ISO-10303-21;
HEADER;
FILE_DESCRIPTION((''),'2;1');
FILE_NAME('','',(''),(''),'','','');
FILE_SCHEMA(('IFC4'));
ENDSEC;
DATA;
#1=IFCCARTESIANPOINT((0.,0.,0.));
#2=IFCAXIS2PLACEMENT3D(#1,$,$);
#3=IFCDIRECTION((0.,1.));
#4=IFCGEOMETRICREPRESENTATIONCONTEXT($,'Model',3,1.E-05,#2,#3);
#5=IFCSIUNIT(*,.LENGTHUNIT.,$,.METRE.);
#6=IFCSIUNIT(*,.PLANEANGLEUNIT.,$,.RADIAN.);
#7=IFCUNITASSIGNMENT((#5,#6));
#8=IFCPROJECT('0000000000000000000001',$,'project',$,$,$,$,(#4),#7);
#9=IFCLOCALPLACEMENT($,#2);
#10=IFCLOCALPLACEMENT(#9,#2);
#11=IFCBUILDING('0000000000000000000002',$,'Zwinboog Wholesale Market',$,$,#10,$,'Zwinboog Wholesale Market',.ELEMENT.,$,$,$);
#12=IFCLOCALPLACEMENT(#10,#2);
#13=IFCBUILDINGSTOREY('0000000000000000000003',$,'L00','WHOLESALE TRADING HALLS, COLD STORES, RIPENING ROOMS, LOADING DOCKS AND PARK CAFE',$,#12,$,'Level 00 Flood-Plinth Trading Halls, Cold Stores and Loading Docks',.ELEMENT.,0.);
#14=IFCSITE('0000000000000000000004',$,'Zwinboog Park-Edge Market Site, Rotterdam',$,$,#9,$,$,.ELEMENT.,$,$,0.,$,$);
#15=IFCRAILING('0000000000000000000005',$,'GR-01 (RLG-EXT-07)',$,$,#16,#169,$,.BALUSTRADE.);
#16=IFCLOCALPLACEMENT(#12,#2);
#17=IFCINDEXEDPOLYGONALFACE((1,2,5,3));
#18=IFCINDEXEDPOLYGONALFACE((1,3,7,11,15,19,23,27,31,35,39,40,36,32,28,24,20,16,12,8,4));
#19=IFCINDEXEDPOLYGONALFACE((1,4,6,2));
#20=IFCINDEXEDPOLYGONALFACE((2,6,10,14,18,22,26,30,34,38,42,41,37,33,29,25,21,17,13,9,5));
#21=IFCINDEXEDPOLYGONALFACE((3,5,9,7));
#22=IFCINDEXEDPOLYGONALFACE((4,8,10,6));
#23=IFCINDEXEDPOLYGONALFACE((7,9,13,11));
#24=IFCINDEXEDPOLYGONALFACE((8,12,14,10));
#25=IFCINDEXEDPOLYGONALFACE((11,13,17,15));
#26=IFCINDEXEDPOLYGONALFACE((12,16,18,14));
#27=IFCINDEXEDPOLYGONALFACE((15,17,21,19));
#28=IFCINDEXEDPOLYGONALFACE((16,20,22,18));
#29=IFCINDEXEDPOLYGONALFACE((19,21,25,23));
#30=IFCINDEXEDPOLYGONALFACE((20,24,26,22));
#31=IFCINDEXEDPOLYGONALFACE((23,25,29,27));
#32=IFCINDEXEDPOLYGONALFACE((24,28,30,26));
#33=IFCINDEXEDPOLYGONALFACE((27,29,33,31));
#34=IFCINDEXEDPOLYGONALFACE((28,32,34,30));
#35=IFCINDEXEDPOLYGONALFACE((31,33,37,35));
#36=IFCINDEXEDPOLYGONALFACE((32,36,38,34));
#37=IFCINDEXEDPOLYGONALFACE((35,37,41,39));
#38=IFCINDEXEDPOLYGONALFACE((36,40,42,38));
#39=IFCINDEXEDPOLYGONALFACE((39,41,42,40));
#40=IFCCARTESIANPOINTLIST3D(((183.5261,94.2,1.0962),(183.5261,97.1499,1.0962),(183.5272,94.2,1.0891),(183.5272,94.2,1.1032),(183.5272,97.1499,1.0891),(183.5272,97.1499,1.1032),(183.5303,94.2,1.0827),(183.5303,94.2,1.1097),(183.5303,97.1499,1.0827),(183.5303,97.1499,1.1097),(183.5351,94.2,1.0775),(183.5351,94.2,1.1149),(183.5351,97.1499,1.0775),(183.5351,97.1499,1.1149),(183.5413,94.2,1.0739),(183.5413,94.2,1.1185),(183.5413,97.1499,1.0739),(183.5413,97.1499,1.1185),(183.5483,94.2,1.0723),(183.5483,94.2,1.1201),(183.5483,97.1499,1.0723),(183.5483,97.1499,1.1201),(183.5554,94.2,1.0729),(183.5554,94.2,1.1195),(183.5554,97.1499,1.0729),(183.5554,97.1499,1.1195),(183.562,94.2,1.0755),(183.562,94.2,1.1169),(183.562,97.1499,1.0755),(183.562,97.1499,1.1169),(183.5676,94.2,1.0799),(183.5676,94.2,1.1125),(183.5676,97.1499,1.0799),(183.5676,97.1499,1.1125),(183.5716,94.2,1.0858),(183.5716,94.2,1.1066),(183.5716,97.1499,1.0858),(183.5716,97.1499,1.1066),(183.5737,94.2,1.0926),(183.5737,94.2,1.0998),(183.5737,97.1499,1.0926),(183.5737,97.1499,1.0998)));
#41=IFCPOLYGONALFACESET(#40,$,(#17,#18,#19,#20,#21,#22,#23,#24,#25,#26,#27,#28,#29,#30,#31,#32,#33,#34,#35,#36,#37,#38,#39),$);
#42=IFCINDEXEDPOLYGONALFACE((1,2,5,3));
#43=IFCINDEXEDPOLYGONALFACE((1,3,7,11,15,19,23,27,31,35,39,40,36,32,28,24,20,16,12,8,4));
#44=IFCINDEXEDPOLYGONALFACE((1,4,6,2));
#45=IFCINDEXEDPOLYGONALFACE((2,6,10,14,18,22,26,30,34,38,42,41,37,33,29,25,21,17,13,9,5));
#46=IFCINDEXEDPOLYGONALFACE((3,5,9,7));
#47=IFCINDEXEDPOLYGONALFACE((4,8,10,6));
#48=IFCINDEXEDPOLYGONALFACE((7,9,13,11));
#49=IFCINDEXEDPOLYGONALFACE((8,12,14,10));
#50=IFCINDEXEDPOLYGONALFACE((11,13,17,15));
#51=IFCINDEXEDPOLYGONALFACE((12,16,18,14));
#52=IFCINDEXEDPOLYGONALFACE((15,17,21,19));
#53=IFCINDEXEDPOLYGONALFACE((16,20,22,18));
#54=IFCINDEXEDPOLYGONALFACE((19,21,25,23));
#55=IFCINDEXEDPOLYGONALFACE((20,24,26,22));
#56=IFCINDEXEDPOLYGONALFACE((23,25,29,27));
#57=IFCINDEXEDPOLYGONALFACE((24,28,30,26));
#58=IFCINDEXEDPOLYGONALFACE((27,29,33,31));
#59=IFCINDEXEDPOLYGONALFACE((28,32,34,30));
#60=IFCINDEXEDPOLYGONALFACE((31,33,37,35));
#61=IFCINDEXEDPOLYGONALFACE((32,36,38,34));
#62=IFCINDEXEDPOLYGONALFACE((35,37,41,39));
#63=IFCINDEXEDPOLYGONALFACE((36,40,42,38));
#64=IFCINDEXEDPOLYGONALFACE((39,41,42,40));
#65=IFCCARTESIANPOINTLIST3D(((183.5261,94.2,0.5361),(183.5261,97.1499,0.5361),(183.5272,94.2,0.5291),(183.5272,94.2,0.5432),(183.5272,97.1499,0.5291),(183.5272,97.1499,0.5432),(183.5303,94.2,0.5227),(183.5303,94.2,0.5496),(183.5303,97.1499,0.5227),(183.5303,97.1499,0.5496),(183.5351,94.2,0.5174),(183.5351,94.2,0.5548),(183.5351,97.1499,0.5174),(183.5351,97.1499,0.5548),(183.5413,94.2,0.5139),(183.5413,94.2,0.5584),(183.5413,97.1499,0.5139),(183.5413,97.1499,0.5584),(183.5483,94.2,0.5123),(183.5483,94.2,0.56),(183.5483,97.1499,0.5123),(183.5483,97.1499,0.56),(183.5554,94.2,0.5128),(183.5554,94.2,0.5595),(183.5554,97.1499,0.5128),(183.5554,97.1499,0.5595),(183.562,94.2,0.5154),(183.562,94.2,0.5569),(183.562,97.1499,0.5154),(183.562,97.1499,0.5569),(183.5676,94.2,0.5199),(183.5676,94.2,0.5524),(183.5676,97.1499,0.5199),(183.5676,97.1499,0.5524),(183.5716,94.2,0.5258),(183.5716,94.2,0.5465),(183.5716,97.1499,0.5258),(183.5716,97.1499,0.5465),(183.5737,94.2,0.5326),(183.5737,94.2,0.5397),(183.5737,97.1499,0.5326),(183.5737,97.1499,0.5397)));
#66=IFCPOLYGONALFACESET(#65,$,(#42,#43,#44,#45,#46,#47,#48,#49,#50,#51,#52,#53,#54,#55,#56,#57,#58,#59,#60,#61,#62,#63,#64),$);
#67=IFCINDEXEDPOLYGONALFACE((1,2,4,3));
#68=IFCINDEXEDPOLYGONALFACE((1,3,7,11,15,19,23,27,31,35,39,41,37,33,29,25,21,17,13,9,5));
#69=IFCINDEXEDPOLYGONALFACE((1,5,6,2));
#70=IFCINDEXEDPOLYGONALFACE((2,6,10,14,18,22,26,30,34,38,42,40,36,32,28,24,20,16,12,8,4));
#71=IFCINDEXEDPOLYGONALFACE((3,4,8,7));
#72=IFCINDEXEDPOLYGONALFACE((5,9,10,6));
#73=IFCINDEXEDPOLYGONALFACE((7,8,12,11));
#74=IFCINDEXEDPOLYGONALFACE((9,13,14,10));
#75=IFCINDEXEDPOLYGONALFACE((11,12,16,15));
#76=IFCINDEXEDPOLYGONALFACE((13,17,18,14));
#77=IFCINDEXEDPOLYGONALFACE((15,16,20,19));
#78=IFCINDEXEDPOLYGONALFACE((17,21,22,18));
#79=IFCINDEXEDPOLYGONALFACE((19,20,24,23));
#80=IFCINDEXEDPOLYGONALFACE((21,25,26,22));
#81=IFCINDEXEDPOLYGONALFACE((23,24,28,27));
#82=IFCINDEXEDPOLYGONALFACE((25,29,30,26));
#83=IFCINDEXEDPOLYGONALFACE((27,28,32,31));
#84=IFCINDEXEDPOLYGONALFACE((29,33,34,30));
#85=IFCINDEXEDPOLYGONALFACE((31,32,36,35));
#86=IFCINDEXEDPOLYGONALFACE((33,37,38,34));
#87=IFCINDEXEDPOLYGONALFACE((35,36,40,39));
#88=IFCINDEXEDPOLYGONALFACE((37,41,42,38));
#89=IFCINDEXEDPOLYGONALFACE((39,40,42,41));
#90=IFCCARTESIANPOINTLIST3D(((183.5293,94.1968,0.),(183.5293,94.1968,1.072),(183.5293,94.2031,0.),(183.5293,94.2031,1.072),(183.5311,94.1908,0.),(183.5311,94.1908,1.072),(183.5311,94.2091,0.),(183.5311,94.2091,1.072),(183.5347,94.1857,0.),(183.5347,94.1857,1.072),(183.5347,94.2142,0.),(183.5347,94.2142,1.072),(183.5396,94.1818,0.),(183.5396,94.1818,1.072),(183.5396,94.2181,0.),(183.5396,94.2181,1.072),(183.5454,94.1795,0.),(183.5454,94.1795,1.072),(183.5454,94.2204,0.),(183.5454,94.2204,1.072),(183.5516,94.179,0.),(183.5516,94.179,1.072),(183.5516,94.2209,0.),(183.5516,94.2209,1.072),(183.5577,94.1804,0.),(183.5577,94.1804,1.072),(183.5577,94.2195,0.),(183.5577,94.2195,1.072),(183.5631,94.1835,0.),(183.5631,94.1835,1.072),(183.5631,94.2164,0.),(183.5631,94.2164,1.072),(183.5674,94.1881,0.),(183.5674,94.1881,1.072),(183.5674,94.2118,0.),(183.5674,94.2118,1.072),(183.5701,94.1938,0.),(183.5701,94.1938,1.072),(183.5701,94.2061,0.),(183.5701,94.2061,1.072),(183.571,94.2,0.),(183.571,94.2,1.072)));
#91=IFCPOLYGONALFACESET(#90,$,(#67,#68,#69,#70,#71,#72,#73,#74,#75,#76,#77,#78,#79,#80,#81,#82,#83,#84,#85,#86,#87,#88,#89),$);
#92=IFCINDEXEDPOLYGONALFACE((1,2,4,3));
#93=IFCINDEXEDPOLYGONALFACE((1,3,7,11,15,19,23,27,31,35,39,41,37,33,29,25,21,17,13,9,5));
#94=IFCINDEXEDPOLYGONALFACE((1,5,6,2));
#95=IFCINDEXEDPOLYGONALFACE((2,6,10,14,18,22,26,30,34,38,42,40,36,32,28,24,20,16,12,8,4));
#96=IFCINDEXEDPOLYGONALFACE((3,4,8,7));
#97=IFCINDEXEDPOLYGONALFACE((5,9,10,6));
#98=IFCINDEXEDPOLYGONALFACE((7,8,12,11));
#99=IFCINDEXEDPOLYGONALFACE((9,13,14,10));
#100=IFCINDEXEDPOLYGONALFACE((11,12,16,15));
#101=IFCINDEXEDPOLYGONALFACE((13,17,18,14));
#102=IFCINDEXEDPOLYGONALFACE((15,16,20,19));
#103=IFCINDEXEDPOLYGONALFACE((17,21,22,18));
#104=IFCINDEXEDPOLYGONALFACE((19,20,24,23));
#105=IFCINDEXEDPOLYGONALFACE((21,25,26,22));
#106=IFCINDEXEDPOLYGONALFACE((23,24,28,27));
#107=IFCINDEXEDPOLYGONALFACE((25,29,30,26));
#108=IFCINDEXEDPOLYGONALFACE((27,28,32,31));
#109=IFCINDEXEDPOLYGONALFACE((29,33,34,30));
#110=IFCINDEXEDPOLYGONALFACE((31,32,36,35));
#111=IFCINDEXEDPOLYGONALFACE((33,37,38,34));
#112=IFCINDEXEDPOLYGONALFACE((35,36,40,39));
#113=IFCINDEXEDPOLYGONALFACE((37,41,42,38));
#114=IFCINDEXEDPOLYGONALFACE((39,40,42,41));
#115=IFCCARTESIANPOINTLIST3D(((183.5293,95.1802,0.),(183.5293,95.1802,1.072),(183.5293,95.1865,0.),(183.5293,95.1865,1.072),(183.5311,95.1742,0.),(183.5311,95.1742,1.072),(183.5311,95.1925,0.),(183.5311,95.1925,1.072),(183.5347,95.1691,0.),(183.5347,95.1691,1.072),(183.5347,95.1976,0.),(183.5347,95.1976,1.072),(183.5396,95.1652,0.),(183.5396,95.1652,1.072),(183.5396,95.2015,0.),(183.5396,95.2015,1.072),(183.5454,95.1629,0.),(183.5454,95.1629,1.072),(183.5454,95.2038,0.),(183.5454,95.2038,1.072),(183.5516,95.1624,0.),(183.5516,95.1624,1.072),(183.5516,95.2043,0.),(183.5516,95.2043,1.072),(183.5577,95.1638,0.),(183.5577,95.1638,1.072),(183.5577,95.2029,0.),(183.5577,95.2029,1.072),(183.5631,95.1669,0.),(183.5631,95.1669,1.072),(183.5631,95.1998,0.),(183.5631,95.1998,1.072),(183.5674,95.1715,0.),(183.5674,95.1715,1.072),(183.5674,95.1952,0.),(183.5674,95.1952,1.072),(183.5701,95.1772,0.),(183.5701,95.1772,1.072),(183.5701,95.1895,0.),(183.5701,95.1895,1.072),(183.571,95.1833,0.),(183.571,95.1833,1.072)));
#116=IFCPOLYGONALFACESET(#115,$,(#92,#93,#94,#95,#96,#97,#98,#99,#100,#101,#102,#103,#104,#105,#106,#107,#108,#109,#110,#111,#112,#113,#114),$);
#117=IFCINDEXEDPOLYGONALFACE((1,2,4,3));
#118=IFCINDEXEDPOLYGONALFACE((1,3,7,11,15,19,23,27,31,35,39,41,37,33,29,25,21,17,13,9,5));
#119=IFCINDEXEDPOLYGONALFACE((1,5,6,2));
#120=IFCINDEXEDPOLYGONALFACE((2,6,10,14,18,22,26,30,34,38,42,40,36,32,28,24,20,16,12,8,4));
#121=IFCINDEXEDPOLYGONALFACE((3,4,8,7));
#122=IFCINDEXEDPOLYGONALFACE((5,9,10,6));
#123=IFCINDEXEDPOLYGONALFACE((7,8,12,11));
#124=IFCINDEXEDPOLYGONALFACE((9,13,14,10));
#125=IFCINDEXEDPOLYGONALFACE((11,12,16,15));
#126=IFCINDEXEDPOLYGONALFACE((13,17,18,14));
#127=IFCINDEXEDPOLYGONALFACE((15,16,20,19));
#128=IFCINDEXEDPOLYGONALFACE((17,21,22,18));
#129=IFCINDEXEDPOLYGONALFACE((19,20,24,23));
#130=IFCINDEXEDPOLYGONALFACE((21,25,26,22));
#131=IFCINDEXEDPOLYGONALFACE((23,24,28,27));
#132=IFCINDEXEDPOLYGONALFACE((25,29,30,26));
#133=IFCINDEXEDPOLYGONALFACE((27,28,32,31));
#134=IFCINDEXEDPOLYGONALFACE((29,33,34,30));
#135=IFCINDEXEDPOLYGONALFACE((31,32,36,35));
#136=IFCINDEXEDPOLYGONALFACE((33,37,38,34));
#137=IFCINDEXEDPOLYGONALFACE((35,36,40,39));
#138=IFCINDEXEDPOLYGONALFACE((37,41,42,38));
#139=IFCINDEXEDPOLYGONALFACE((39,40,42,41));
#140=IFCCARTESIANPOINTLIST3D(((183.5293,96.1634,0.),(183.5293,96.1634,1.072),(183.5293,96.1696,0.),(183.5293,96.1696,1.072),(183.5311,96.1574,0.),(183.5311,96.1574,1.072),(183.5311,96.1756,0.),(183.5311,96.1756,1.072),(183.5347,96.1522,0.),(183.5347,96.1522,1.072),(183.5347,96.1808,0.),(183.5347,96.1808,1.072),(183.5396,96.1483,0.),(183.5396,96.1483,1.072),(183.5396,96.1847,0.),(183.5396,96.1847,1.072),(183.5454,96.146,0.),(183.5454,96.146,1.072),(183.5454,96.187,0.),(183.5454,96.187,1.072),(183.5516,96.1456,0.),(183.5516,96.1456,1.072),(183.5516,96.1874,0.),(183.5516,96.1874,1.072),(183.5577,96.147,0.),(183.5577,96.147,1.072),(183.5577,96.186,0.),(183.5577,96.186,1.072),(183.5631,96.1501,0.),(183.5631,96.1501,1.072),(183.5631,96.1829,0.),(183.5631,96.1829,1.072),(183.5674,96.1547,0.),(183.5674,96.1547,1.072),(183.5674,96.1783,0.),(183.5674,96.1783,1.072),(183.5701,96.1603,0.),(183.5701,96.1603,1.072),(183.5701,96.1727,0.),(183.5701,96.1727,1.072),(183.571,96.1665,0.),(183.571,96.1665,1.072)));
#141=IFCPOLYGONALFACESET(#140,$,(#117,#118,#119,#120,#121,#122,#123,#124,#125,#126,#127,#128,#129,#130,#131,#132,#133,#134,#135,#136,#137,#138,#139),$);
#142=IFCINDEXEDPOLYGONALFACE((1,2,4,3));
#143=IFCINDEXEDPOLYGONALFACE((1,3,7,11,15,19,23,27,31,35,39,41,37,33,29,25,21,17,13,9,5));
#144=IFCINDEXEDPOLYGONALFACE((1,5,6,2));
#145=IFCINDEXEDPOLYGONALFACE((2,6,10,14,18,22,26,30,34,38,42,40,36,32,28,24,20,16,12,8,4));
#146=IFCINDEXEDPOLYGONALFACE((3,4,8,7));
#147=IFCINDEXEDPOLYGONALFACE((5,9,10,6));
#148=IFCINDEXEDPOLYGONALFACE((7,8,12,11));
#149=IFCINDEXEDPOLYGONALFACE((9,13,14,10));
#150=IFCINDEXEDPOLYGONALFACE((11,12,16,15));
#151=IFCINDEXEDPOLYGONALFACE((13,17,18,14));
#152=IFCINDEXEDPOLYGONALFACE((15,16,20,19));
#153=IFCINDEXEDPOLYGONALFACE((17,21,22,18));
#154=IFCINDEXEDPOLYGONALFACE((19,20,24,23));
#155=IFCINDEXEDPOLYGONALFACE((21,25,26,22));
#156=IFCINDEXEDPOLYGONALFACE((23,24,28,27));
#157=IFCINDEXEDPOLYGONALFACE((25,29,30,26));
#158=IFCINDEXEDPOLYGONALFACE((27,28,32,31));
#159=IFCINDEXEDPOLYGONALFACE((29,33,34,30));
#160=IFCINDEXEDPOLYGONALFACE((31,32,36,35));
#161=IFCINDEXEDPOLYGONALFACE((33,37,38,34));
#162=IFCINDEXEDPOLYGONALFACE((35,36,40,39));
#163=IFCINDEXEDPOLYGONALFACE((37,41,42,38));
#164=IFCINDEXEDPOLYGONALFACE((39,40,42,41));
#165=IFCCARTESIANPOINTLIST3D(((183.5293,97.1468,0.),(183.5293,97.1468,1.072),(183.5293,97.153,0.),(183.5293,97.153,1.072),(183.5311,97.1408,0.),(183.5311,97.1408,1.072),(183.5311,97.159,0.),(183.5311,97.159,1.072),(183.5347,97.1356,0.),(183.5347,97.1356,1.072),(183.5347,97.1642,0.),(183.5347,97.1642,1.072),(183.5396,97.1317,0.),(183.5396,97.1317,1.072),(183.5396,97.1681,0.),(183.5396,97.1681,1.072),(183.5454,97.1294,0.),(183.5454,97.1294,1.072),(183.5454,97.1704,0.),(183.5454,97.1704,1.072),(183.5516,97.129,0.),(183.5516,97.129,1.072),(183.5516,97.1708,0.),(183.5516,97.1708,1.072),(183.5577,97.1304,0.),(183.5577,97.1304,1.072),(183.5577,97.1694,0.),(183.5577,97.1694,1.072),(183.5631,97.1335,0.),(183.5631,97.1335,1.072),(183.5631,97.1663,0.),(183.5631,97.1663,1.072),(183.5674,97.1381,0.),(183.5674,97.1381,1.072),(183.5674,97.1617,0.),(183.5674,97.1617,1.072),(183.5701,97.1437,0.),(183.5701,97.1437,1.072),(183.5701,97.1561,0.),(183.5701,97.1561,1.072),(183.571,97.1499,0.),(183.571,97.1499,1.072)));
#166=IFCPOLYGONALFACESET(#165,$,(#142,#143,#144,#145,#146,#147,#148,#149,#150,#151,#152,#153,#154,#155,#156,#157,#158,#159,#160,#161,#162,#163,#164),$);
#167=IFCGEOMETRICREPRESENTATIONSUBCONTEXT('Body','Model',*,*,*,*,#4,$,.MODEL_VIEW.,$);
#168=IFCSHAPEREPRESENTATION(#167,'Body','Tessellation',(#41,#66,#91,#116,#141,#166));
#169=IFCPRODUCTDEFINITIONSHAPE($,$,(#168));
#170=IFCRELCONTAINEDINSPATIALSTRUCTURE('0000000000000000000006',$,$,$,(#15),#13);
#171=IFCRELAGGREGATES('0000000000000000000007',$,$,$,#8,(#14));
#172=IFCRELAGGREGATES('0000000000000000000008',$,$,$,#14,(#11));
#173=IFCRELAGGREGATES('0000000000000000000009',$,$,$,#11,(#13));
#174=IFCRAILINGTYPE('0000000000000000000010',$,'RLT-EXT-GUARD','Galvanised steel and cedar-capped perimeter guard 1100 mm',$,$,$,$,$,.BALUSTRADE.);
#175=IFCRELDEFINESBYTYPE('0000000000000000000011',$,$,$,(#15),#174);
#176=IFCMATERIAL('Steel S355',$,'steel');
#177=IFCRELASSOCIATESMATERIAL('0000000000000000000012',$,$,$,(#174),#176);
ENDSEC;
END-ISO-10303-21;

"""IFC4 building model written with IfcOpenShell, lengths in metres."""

from ifc_helpers import new_model, si_unit, direction, frame, origin, origin_2d, place, context, subcontext, project, spatial, circle, extrude, material, type_object, element, save


model = new_model("IFC4")

# Units and contexts
model_context = context("Model", 3, precision=1e-05, world=origin(), true_north=direction((0.0, 1.0)))
body_context = subcontext(model_context, "Body", "Model", "MODEL_VIEW")
ifc_project = project(units=[si_unit("LENGTHUNIT", "METRE"), si_unit("PLANEANGLEUNIT", "RADIAN")], contexts=[model_context])

# Site, building, storey
site_placement = place(None, origin())
site = spatial("IfcSite", under=ifc_project, at=site_placement, Name="Zwinboog Park-Edge Market Site, Rotterdam", CompositionType="ELEMENT", RefElevation=0.0)
building_placement = place(site_placement, origin())
building = spatial("IfcBuilding", under=site, at=building_placement, Name="Zwinboog Wholesale Market", LongName="Zwinboog Wholesale Market", CompositionType="ELEMENT")
storey_placement = place(building_placement, origin())
storey = spatial("IfcBuildingStorey", under=building, at=storey_placement, Name="L00", Description="WHOLESALE TRADING HALLS, COLD STORES, RIPENING ROOMS, LOADING DOCKS AND PARK CAFE", LongName="Level 00 Flood-Plinth Trading Halls, Cold Stores and Loading Docks", CompositionType="ELEMENT", Elevation=0.0)

# Shared definitions
ifc_material_1 = material(Name="Steel S355", Category="steel")

# Railing
railing_type = type_object("IfcRailingType", Name="RLT-EXT-GUARD", Description="Galvanised steel and cedar-capped perimeter guard 1100 mm", PredefinedType="BALUSTRADE", material=ifc_material_1)
railing_placement = place(storey_placement, frame((183.55, 94.2, 0.0)))
element("IfcRailing", 1, at=railing_placement, inside=storey, type_object=railing_type, Name="GR-01 (RLG-EXT-07)", PredefinedType="BALUSTRADE", context=body_context, shape_type="SweptSolid", body=[
    extrude(circle(Radius=0.0239, at=origin_2d()), frame((0.0, 0.0, 1.0962), z_axis=(0.0, 1.0, 0.0), x_axis=(-1.0, 0.0, 0.0)), (0.0, 0.0, 1.0), 2.95),
    extrude(circle(Radius=0.0239, at=origin_2d()), frame((0.0, 0.0, 0.5361), z_axis=(0.0, 1.0, 0.0), x_axis=(-1.0, 0.0, 0.0)), (0.0, 0.0, 1.0), 2.95),
    extrude(circle(Radius=0.021, at=origin_2d()), origin(), (0.0, 0.0, 1.0), 1.072),
    extrude(circle(Radius=0.021, at=origin_2d()), frame((0.0, 0.9834, 0.0)), (0.0, 0.0, 1.0), 1.072),
    extrude(circle(Radius=0.021, at=origin_2d()), frame((0.0, 1.9666, 0.0)), (0.0, 0.0, 1.0), 1.072),
    extrude(circle(Radius=0.021, at=origin_2d()), frame((0.0, 2.95, 0.0)), (0.0, 0.0, 1.0), 1.072),
])

save(model, "model.ifc")
